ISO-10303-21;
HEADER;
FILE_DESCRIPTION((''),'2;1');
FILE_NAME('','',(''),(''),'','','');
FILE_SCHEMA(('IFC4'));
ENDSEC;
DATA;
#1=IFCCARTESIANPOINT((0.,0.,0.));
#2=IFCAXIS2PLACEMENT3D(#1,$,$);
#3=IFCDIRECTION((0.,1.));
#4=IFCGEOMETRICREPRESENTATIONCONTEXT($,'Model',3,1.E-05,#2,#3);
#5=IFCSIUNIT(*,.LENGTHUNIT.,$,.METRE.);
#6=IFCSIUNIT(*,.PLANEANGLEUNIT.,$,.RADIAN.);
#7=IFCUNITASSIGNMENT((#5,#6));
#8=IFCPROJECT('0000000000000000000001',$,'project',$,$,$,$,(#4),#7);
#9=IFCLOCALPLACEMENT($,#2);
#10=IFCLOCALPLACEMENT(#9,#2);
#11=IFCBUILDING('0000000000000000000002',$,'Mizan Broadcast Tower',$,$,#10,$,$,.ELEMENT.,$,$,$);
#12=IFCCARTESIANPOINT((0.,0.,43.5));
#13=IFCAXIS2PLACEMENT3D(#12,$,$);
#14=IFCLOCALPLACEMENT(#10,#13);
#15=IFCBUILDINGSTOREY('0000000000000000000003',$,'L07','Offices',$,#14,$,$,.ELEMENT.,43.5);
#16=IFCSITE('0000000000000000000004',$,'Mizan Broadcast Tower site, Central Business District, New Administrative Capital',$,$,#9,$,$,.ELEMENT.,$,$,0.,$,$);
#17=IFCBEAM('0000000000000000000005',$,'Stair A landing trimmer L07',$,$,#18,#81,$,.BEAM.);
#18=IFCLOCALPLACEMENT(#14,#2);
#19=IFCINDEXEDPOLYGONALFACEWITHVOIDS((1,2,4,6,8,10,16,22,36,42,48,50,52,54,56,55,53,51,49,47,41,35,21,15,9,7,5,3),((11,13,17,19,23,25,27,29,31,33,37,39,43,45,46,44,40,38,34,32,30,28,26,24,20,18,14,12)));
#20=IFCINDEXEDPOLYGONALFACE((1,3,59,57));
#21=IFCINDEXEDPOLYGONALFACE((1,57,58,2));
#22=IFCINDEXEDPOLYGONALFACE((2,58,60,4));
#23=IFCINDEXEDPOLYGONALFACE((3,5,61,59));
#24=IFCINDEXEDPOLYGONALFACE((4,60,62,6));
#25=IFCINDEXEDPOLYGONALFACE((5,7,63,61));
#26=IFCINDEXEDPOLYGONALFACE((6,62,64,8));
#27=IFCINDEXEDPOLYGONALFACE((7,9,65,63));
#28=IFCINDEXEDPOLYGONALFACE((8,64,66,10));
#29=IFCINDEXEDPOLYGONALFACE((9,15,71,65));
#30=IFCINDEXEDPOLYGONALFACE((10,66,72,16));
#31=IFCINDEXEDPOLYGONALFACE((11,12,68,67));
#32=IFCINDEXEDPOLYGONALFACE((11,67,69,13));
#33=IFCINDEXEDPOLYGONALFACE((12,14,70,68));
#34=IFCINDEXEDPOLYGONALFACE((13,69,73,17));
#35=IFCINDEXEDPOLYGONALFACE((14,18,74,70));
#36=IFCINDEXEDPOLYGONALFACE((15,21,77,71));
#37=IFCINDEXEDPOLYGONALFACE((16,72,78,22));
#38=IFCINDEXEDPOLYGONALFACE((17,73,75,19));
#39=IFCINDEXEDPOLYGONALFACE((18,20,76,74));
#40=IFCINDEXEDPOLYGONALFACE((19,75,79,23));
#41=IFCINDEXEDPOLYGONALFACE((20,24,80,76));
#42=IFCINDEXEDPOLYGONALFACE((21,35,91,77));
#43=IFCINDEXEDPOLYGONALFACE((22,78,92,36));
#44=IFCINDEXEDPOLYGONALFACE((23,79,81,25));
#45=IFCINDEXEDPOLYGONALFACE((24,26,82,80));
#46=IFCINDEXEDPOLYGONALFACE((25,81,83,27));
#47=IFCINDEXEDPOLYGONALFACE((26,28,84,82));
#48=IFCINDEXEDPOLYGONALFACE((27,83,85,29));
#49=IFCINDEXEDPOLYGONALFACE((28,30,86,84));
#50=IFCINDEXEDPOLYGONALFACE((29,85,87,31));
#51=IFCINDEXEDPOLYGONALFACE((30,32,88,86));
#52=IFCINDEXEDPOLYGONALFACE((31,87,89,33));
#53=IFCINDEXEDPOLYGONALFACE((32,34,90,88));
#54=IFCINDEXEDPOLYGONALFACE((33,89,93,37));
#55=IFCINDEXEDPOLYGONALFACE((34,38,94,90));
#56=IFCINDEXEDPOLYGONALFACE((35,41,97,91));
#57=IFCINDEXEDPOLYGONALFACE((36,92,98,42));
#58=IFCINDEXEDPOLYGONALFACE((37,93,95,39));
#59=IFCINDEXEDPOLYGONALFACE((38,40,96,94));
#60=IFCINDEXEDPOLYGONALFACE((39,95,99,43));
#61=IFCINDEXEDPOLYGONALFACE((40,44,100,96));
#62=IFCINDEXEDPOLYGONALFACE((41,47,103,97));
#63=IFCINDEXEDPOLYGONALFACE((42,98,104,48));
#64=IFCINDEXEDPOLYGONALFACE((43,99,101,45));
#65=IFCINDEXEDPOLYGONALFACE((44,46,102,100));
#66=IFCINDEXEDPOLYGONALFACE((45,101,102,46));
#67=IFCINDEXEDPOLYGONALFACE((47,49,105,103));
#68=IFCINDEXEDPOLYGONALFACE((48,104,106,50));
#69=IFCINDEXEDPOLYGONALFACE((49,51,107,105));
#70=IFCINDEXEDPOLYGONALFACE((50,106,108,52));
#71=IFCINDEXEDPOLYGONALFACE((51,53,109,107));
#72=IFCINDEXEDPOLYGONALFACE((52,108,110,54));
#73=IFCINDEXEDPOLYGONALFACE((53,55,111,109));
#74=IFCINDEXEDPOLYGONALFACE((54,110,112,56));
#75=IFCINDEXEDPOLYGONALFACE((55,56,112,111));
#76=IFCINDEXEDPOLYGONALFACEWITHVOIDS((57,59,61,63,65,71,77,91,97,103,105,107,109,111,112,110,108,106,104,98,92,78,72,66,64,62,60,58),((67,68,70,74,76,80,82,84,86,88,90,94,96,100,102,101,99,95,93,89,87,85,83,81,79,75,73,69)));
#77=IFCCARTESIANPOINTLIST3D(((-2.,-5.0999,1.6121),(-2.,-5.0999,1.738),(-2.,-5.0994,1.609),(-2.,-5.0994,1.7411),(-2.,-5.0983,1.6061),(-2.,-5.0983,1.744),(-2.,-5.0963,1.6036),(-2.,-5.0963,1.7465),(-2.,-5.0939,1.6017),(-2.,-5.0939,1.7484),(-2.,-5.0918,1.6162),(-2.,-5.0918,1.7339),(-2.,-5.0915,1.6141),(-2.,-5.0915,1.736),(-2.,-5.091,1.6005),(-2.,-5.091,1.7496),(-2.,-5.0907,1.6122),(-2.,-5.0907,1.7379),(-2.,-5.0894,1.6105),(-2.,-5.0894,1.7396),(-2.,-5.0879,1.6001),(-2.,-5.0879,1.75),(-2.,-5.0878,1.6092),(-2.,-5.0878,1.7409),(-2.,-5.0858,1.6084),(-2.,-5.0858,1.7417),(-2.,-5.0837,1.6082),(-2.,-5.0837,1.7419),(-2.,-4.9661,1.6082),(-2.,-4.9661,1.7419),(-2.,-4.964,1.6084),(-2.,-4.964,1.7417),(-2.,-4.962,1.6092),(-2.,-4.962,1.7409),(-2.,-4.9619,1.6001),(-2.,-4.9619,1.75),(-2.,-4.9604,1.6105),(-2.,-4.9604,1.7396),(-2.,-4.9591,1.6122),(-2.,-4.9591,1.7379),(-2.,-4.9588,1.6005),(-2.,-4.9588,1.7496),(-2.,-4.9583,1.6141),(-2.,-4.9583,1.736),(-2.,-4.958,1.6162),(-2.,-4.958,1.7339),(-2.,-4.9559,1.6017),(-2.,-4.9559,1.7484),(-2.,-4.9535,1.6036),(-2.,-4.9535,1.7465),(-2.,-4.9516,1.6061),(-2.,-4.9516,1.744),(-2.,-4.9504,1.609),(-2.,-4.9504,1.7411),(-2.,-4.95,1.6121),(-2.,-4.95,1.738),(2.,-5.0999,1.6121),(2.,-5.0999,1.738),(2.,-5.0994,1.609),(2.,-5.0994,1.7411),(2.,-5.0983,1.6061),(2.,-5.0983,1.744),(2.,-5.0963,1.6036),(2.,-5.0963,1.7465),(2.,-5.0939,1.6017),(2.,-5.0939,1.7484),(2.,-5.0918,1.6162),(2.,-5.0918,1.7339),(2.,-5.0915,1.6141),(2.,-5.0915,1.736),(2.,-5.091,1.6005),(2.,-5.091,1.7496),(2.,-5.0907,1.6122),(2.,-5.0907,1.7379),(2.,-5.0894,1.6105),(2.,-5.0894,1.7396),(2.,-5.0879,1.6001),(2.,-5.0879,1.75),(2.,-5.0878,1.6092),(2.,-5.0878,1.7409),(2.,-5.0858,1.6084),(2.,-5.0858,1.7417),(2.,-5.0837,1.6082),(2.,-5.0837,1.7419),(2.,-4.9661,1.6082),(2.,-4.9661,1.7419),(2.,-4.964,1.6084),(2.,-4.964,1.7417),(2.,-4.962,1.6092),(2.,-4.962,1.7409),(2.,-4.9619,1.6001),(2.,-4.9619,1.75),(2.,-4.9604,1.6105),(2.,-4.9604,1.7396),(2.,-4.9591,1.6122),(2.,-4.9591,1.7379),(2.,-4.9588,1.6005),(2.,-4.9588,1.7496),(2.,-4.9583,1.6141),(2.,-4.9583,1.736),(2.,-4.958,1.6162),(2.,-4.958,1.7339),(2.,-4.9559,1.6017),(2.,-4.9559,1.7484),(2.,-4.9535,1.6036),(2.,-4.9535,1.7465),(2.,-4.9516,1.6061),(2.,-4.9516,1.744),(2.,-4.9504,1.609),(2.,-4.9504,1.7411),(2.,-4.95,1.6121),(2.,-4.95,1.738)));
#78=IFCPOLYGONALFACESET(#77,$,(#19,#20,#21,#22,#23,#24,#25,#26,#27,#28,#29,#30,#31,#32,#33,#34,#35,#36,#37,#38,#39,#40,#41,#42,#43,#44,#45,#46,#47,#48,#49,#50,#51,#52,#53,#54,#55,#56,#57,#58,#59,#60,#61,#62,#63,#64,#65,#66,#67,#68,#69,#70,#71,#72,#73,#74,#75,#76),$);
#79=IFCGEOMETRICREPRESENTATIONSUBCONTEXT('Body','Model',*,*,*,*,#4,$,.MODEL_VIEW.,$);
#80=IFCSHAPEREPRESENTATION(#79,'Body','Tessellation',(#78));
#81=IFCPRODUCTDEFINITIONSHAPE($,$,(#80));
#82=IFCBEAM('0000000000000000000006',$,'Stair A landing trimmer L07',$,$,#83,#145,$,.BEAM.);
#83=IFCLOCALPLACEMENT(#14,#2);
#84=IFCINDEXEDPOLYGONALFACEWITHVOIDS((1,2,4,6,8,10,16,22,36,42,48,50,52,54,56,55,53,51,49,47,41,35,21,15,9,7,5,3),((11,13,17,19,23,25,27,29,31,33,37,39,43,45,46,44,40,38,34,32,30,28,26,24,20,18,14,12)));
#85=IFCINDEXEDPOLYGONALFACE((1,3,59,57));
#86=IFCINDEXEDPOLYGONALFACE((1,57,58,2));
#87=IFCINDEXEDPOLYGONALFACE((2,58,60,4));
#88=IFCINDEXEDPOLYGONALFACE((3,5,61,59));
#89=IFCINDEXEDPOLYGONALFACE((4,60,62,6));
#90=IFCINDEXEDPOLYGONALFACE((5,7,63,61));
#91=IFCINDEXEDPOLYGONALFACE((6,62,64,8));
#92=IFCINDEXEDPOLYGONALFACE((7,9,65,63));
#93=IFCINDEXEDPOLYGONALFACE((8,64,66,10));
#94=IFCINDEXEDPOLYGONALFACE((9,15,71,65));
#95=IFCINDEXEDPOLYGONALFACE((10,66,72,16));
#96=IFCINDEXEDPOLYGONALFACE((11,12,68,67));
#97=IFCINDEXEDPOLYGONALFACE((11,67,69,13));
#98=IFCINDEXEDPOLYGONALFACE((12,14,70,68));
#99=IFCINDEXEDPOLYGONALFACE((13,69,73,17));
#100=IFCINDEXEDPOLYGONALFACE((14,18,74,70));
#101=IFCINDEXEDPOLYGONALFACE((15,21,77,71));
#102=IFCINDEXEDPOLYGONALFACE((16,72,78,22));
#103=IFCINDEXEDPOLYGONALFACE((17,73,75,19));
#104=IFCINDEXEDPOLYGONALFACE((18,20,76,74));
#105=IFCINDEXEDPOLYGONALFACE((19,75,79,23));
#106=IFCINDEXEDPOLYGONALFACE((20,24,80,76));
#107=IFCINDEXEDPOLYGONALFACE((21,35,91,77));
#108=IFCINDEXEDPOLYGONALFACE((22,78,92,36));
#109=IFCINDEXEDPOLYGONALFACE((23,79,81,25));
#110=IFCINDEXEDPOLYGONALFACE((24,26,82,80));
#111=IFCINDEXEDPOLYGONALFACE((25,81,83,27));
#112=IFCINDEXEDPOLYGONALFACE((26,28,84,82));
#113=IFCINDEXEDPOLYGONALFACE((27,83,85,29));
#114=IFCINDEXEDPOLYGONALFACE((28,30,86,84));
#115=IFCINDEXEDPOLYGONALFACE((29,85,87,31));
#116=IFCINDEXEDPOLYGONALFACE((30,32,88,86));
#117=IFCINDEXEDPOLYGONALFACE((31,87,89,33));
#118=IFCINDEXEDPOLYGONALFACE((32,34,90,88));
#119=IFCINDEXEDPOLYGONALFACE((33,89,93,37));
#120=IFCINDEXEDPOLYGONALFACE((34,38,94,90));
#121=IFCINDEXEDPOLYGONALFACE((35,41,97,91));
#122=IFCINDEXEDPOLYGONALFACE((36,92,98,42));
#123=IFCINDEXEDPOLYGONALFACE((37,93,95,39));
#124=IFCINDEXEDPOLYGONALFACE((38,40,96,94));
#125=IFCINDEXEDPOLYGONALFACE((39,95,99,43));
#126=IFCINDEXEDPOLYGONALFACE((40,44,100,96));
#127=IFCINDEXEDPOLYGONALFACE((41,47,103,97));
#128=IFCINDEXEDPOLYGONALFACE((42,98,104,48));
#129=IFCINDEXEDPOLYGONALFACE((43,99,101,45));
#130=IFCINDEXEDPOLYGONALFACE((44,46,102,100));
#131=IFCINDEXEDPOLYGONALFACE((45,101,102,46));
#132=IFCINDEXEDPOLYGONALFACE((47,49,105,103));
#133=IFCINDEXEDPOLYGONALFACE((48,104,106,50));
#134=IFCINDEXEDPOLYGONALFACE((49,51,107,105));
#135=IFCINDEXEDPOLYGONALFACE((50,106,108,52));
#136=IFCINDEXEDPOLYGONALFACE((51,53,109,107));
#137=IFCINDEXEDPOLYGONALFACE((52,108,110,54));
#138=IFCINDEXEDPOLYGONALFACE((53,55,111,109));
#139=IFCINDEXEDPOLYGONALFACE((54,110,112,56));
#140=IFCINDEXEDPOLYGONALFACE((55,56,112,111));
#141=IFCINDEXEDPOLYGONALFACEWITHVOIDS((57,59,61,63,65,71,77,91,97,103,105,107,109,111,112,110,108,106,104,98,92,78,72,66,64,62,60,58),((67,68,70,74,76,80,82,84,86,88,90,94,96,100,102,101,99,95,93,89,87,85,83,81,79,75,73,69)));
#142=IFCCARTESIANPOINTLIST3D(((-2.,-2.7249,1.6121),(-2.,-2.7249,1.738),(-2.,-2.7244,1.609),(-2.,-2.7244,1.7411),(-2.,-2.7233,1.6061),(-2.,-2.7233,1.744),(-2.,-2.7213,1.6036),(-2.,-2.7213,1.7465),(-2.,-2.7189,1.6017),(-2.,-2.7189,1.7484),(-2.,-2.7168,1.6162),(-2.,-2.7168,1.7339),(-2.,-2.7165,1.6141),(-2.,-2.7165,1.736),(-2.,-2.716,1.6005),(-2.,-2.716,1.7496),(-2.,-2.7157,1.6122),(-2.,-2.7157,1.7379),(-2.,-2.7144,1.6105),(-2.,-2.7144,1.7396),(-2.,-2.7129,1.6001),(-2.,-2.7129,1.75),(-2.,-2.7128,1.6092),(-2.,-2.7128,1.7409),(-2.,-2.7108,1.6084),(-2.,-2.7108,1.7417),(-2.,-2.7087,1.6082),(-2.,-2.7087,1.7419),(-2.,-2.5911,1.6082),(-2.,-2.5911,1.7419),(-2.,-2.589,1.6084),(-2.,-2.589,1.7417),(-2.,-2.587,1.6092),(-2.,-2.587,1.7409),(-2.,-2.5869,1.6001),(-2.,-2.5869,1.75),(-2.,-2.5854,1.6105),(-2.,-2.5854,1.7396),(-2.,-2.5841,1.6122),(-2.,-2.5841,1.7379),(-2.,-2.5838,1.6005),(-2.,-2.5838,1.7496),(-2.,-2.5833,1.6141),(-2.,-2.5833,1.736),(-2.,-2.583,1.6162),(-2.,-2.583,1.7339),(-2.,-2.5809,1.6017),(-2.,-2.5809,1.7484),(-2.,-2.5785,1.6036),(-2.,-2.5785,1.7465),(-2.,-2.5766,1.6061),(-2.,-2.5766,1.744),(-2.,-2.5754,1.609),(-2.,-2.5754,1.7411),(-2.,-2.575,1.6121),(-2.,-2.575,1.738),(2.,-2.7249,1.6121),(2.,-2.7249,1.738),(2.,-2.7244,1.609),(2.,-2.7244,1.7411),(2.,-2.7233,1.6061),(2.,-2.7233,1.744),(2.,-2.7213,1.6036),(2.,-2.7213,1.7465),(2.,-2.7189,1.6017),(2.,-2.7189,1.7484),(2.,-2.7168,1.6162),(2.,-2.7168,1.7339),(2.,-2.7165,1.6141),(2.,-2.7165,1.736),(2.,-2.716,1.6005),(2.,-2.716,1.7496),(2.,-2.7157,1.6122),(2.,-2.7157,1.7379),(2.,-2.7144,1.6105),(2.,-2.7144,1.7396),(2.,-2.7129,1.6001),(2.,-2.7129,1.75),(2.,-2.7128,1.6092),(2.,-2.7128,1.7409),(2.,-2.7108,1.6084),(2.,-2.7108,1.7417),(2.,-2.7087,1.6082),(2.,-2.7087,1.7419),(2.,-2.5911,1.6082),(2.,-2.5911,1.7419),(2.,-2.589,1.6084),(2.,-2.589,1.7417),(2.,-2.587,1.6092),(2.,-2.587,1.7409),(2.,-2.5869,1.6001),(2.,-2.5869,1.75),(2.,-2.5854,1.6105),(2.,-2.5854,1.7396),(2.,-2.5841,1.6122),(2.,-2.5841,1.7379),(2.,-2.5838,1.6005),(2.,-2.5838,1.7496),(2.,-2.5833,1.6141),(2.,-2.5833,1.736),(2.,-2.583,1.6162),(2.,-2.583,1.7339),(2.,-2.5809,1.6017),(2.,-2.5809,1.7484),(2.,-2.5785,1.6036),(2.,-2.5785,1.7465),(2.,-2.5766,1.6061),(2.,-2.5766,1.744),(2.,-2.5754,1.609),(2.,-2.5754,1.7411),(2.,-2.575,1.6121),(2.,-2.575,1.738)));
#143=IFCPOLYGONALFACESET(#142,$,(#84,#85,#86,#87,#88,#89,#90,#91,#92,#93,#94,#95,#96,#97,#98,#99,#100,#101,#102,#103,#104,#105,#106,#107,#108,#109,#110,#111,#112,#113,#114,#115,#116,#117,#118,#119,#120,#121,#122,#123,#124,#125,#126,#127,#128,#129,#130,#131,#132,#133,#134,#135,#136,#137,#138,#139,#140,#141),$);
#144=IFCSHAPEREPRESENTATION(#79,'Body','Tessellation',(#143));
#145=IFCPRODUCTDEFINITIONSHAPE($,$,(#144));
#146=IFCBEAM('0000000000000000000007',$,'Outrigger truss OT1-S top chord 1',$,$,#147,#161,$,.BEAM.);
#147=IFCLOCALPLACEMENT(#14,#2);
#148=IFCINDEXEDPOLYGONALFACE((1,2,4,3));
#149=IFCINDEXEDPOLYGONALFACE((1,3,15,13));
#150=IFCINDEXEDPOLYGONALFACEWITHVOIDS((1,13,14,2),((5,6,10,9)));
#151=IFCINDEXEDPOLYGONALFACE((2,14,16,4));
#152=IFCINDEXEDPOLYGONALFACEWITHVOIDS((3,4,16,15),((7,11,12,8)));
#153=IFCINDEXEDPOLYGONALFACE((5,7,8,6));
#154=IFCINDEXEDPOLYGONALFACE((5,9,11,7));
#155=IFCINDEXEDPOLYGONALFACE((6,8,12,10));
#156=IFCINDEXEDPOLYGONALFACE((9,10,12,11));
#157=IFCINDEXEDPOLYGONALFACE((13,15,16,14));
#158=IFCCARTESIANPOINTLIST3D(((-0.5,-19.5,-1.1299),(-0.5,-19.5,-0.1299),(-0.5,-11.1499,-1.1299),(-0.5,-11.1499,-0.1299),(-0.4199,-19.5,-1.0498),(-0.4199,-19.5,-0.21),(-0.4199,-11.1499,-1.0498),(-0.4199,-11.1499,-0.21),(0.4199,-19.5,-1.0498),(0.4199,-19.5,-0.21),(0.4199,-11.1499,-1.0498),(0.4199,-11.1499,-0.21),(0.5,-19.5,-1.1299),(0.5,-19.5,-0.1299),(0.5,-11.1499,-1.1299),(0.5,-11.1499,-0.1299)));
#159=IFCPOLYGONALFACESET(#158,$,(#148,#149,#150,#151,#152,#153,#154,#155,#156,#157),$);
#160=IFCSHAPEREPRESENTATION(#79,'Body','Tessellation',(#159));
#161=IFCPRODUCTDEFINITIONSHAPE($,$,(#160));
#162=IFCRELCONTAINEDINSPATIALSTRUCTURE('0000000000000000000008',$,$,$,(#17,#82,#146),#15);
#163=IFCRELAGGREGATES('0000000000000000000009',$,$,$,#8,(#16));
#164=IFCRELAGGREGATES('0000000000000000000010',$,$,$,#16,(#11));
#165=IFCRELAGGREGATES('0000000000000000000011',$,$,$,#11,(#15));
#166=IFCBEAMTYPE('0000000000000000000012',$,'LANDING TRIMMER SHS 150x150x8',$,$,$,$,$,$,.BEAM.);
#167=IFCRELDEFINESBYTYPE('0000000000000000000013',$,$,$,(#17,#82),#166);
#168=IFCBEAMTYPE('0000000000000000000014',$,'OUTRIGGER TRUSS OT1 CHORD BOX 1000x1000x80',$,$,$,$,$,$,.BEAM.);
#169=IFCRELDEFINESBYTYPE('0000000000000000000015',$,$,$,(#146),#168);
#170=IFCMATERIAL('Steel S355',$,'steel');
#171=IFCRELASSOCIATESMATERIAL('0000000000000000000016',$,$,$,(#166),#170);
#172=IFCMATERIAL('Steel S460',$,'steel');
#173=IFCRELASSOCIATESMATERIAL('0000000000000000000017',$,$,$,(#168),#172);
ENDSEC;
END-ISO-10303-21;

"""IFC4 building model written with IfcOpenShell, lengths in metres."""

from ifc_helpers import new_model, si_unit, direction, frame, origin, origin_2d, place, context, subcontext, project, spatial, hollow_rectangle, extrude, material, material_profile, profile_set, type_object, element, save


model = new_model("IFC4")

# Units and contexts
model_context = context("Model", 3, precision=1e-05, world=origin(), true_north=direction((0.0, 1.0)))
body_context = subcontext(model_context, "Body", "Model", "MODEL_VIEW")
ifc_project = project(units=[si_unit("LENGTHUNIT", "METRE"), si_unit("PLANEANGLEUNIT", "RADIAN")], contexts=[model_context])

# Site, building, storey
site_placement = place(None, origin())
site = spatial("IfcSite", under=ifc_project, at=site_placement, Name="Mizan Broadcast Tower site, Central Business District, New Administrative Capital", CompositionType="ELEMENT", RefElevation=0.0)
building_placement = place(site_placement, origin())
building = spatial("IfcBuilding", under=site, at=building_placement, Name="Mizan Broadcast Tower", CompositionType="ELEMENT")
storey_placement = place(building_placement, frame((0.0, 0.0, 43.5)))
storey = spatial("IfcBuildingStorey", under=building, at=storey_placement, Name="L07", Description="Offices", CompositionType="ELEMENT", Elevation=43.5)

# Beams
ifc_material_1 = material(Name="Steel S355", Category="steel")
ifc_material_profile_1 = material_profile(ifc_material_1, hollow_rectangle(XDim=0.1499, YDim=0.1499, WallThickness=0.0081, InnerFilletRadius=0.0081, OuterFilletRadius=0.012, at=origin_2d()), Name="SHS 150x150x8")
ifc_profile_set_1 = profile_set([ifc_material_profile_1], Name="Steel S355")
beam_type_1 = type_object("IfcBeamType", Name="LANDING TRIMMER SHS 150x150x8", PredefinedType="BEAM", material=ifc_profile_set_1)
for number, where, z_axis, x_axis, name in (
    (1, (-2.0, -5.0249, 1.675), (1.0, 0.0, 0.0), (0.0, 1.0, 0.0), "Stair A landing trimmer L07"),
    (2, (-2.0, -2.6499, 1.675), (1.0, 0.0, 0.0), (0.0, 1.0, 0.0), "Stair A landing trimmer L07"),
):
    element("IfcBeam", number, at=place(storey_placement, frame(where, z_axis=z_axis, x_axis=x_axis)), inside=storey, type_object=beam_type_1, Name=name, PredefinedType="BEAM", context=body_context, shape_type="SweptSolid", body=[
        extrude(hollow_rectangle(XDim=0.1499, YDim=0.1499, WallThickness=0.0081, InnerFilletRadius=0.0081, OuterFilletRadius=0.012, at=origin_2d()), origin(), (0.0, 0.0, 1.0), 4.0),
    ])
ifc_material_2 = material(Name="Steel S460", Category="steel")
ifc_material_profile_2 = material_profile(ifc_material_2, hollow_rectangle(XDim=1.0, YDim=1.0, WallThickness=0.0801, at=origin_2d()), Name="BOX 1000x1000x80")
ifc_profile_set_2 = profile_set([ifc_material_profile_2], Name="Steel S460")
beam_type_2 = type_object("IfcBeamType", Name="OUTRIGGER TRUSS OT1 CHORD BOX 1000x1000x80", PredefinedType="BEAM", material=ifc_profile_set_2)
beam_placement = place(storey_placement, frame((0.0, -11.1499, -0.6299), z_axis=(0.0, -1.0, 0.0), x_axis=(1.0, 0.0, 0.0)))
element("IfcBeam", 3, at=beam_placement, inside=storey, type_object=beam_type_2, Name="Outrigger truss OT1-S top chord 1", PredefinedType="BEAM", context=body_context, shape_type="SweptSolid", body=[
    extrude(hollow_rectangle(XDim=1.0, YDim=1.0, WallThickness=0.0801, at=origin_2d()), origin(), (0.0, 0.0, 1.0), 8.3501),
])

save(model, "model.ifc")
